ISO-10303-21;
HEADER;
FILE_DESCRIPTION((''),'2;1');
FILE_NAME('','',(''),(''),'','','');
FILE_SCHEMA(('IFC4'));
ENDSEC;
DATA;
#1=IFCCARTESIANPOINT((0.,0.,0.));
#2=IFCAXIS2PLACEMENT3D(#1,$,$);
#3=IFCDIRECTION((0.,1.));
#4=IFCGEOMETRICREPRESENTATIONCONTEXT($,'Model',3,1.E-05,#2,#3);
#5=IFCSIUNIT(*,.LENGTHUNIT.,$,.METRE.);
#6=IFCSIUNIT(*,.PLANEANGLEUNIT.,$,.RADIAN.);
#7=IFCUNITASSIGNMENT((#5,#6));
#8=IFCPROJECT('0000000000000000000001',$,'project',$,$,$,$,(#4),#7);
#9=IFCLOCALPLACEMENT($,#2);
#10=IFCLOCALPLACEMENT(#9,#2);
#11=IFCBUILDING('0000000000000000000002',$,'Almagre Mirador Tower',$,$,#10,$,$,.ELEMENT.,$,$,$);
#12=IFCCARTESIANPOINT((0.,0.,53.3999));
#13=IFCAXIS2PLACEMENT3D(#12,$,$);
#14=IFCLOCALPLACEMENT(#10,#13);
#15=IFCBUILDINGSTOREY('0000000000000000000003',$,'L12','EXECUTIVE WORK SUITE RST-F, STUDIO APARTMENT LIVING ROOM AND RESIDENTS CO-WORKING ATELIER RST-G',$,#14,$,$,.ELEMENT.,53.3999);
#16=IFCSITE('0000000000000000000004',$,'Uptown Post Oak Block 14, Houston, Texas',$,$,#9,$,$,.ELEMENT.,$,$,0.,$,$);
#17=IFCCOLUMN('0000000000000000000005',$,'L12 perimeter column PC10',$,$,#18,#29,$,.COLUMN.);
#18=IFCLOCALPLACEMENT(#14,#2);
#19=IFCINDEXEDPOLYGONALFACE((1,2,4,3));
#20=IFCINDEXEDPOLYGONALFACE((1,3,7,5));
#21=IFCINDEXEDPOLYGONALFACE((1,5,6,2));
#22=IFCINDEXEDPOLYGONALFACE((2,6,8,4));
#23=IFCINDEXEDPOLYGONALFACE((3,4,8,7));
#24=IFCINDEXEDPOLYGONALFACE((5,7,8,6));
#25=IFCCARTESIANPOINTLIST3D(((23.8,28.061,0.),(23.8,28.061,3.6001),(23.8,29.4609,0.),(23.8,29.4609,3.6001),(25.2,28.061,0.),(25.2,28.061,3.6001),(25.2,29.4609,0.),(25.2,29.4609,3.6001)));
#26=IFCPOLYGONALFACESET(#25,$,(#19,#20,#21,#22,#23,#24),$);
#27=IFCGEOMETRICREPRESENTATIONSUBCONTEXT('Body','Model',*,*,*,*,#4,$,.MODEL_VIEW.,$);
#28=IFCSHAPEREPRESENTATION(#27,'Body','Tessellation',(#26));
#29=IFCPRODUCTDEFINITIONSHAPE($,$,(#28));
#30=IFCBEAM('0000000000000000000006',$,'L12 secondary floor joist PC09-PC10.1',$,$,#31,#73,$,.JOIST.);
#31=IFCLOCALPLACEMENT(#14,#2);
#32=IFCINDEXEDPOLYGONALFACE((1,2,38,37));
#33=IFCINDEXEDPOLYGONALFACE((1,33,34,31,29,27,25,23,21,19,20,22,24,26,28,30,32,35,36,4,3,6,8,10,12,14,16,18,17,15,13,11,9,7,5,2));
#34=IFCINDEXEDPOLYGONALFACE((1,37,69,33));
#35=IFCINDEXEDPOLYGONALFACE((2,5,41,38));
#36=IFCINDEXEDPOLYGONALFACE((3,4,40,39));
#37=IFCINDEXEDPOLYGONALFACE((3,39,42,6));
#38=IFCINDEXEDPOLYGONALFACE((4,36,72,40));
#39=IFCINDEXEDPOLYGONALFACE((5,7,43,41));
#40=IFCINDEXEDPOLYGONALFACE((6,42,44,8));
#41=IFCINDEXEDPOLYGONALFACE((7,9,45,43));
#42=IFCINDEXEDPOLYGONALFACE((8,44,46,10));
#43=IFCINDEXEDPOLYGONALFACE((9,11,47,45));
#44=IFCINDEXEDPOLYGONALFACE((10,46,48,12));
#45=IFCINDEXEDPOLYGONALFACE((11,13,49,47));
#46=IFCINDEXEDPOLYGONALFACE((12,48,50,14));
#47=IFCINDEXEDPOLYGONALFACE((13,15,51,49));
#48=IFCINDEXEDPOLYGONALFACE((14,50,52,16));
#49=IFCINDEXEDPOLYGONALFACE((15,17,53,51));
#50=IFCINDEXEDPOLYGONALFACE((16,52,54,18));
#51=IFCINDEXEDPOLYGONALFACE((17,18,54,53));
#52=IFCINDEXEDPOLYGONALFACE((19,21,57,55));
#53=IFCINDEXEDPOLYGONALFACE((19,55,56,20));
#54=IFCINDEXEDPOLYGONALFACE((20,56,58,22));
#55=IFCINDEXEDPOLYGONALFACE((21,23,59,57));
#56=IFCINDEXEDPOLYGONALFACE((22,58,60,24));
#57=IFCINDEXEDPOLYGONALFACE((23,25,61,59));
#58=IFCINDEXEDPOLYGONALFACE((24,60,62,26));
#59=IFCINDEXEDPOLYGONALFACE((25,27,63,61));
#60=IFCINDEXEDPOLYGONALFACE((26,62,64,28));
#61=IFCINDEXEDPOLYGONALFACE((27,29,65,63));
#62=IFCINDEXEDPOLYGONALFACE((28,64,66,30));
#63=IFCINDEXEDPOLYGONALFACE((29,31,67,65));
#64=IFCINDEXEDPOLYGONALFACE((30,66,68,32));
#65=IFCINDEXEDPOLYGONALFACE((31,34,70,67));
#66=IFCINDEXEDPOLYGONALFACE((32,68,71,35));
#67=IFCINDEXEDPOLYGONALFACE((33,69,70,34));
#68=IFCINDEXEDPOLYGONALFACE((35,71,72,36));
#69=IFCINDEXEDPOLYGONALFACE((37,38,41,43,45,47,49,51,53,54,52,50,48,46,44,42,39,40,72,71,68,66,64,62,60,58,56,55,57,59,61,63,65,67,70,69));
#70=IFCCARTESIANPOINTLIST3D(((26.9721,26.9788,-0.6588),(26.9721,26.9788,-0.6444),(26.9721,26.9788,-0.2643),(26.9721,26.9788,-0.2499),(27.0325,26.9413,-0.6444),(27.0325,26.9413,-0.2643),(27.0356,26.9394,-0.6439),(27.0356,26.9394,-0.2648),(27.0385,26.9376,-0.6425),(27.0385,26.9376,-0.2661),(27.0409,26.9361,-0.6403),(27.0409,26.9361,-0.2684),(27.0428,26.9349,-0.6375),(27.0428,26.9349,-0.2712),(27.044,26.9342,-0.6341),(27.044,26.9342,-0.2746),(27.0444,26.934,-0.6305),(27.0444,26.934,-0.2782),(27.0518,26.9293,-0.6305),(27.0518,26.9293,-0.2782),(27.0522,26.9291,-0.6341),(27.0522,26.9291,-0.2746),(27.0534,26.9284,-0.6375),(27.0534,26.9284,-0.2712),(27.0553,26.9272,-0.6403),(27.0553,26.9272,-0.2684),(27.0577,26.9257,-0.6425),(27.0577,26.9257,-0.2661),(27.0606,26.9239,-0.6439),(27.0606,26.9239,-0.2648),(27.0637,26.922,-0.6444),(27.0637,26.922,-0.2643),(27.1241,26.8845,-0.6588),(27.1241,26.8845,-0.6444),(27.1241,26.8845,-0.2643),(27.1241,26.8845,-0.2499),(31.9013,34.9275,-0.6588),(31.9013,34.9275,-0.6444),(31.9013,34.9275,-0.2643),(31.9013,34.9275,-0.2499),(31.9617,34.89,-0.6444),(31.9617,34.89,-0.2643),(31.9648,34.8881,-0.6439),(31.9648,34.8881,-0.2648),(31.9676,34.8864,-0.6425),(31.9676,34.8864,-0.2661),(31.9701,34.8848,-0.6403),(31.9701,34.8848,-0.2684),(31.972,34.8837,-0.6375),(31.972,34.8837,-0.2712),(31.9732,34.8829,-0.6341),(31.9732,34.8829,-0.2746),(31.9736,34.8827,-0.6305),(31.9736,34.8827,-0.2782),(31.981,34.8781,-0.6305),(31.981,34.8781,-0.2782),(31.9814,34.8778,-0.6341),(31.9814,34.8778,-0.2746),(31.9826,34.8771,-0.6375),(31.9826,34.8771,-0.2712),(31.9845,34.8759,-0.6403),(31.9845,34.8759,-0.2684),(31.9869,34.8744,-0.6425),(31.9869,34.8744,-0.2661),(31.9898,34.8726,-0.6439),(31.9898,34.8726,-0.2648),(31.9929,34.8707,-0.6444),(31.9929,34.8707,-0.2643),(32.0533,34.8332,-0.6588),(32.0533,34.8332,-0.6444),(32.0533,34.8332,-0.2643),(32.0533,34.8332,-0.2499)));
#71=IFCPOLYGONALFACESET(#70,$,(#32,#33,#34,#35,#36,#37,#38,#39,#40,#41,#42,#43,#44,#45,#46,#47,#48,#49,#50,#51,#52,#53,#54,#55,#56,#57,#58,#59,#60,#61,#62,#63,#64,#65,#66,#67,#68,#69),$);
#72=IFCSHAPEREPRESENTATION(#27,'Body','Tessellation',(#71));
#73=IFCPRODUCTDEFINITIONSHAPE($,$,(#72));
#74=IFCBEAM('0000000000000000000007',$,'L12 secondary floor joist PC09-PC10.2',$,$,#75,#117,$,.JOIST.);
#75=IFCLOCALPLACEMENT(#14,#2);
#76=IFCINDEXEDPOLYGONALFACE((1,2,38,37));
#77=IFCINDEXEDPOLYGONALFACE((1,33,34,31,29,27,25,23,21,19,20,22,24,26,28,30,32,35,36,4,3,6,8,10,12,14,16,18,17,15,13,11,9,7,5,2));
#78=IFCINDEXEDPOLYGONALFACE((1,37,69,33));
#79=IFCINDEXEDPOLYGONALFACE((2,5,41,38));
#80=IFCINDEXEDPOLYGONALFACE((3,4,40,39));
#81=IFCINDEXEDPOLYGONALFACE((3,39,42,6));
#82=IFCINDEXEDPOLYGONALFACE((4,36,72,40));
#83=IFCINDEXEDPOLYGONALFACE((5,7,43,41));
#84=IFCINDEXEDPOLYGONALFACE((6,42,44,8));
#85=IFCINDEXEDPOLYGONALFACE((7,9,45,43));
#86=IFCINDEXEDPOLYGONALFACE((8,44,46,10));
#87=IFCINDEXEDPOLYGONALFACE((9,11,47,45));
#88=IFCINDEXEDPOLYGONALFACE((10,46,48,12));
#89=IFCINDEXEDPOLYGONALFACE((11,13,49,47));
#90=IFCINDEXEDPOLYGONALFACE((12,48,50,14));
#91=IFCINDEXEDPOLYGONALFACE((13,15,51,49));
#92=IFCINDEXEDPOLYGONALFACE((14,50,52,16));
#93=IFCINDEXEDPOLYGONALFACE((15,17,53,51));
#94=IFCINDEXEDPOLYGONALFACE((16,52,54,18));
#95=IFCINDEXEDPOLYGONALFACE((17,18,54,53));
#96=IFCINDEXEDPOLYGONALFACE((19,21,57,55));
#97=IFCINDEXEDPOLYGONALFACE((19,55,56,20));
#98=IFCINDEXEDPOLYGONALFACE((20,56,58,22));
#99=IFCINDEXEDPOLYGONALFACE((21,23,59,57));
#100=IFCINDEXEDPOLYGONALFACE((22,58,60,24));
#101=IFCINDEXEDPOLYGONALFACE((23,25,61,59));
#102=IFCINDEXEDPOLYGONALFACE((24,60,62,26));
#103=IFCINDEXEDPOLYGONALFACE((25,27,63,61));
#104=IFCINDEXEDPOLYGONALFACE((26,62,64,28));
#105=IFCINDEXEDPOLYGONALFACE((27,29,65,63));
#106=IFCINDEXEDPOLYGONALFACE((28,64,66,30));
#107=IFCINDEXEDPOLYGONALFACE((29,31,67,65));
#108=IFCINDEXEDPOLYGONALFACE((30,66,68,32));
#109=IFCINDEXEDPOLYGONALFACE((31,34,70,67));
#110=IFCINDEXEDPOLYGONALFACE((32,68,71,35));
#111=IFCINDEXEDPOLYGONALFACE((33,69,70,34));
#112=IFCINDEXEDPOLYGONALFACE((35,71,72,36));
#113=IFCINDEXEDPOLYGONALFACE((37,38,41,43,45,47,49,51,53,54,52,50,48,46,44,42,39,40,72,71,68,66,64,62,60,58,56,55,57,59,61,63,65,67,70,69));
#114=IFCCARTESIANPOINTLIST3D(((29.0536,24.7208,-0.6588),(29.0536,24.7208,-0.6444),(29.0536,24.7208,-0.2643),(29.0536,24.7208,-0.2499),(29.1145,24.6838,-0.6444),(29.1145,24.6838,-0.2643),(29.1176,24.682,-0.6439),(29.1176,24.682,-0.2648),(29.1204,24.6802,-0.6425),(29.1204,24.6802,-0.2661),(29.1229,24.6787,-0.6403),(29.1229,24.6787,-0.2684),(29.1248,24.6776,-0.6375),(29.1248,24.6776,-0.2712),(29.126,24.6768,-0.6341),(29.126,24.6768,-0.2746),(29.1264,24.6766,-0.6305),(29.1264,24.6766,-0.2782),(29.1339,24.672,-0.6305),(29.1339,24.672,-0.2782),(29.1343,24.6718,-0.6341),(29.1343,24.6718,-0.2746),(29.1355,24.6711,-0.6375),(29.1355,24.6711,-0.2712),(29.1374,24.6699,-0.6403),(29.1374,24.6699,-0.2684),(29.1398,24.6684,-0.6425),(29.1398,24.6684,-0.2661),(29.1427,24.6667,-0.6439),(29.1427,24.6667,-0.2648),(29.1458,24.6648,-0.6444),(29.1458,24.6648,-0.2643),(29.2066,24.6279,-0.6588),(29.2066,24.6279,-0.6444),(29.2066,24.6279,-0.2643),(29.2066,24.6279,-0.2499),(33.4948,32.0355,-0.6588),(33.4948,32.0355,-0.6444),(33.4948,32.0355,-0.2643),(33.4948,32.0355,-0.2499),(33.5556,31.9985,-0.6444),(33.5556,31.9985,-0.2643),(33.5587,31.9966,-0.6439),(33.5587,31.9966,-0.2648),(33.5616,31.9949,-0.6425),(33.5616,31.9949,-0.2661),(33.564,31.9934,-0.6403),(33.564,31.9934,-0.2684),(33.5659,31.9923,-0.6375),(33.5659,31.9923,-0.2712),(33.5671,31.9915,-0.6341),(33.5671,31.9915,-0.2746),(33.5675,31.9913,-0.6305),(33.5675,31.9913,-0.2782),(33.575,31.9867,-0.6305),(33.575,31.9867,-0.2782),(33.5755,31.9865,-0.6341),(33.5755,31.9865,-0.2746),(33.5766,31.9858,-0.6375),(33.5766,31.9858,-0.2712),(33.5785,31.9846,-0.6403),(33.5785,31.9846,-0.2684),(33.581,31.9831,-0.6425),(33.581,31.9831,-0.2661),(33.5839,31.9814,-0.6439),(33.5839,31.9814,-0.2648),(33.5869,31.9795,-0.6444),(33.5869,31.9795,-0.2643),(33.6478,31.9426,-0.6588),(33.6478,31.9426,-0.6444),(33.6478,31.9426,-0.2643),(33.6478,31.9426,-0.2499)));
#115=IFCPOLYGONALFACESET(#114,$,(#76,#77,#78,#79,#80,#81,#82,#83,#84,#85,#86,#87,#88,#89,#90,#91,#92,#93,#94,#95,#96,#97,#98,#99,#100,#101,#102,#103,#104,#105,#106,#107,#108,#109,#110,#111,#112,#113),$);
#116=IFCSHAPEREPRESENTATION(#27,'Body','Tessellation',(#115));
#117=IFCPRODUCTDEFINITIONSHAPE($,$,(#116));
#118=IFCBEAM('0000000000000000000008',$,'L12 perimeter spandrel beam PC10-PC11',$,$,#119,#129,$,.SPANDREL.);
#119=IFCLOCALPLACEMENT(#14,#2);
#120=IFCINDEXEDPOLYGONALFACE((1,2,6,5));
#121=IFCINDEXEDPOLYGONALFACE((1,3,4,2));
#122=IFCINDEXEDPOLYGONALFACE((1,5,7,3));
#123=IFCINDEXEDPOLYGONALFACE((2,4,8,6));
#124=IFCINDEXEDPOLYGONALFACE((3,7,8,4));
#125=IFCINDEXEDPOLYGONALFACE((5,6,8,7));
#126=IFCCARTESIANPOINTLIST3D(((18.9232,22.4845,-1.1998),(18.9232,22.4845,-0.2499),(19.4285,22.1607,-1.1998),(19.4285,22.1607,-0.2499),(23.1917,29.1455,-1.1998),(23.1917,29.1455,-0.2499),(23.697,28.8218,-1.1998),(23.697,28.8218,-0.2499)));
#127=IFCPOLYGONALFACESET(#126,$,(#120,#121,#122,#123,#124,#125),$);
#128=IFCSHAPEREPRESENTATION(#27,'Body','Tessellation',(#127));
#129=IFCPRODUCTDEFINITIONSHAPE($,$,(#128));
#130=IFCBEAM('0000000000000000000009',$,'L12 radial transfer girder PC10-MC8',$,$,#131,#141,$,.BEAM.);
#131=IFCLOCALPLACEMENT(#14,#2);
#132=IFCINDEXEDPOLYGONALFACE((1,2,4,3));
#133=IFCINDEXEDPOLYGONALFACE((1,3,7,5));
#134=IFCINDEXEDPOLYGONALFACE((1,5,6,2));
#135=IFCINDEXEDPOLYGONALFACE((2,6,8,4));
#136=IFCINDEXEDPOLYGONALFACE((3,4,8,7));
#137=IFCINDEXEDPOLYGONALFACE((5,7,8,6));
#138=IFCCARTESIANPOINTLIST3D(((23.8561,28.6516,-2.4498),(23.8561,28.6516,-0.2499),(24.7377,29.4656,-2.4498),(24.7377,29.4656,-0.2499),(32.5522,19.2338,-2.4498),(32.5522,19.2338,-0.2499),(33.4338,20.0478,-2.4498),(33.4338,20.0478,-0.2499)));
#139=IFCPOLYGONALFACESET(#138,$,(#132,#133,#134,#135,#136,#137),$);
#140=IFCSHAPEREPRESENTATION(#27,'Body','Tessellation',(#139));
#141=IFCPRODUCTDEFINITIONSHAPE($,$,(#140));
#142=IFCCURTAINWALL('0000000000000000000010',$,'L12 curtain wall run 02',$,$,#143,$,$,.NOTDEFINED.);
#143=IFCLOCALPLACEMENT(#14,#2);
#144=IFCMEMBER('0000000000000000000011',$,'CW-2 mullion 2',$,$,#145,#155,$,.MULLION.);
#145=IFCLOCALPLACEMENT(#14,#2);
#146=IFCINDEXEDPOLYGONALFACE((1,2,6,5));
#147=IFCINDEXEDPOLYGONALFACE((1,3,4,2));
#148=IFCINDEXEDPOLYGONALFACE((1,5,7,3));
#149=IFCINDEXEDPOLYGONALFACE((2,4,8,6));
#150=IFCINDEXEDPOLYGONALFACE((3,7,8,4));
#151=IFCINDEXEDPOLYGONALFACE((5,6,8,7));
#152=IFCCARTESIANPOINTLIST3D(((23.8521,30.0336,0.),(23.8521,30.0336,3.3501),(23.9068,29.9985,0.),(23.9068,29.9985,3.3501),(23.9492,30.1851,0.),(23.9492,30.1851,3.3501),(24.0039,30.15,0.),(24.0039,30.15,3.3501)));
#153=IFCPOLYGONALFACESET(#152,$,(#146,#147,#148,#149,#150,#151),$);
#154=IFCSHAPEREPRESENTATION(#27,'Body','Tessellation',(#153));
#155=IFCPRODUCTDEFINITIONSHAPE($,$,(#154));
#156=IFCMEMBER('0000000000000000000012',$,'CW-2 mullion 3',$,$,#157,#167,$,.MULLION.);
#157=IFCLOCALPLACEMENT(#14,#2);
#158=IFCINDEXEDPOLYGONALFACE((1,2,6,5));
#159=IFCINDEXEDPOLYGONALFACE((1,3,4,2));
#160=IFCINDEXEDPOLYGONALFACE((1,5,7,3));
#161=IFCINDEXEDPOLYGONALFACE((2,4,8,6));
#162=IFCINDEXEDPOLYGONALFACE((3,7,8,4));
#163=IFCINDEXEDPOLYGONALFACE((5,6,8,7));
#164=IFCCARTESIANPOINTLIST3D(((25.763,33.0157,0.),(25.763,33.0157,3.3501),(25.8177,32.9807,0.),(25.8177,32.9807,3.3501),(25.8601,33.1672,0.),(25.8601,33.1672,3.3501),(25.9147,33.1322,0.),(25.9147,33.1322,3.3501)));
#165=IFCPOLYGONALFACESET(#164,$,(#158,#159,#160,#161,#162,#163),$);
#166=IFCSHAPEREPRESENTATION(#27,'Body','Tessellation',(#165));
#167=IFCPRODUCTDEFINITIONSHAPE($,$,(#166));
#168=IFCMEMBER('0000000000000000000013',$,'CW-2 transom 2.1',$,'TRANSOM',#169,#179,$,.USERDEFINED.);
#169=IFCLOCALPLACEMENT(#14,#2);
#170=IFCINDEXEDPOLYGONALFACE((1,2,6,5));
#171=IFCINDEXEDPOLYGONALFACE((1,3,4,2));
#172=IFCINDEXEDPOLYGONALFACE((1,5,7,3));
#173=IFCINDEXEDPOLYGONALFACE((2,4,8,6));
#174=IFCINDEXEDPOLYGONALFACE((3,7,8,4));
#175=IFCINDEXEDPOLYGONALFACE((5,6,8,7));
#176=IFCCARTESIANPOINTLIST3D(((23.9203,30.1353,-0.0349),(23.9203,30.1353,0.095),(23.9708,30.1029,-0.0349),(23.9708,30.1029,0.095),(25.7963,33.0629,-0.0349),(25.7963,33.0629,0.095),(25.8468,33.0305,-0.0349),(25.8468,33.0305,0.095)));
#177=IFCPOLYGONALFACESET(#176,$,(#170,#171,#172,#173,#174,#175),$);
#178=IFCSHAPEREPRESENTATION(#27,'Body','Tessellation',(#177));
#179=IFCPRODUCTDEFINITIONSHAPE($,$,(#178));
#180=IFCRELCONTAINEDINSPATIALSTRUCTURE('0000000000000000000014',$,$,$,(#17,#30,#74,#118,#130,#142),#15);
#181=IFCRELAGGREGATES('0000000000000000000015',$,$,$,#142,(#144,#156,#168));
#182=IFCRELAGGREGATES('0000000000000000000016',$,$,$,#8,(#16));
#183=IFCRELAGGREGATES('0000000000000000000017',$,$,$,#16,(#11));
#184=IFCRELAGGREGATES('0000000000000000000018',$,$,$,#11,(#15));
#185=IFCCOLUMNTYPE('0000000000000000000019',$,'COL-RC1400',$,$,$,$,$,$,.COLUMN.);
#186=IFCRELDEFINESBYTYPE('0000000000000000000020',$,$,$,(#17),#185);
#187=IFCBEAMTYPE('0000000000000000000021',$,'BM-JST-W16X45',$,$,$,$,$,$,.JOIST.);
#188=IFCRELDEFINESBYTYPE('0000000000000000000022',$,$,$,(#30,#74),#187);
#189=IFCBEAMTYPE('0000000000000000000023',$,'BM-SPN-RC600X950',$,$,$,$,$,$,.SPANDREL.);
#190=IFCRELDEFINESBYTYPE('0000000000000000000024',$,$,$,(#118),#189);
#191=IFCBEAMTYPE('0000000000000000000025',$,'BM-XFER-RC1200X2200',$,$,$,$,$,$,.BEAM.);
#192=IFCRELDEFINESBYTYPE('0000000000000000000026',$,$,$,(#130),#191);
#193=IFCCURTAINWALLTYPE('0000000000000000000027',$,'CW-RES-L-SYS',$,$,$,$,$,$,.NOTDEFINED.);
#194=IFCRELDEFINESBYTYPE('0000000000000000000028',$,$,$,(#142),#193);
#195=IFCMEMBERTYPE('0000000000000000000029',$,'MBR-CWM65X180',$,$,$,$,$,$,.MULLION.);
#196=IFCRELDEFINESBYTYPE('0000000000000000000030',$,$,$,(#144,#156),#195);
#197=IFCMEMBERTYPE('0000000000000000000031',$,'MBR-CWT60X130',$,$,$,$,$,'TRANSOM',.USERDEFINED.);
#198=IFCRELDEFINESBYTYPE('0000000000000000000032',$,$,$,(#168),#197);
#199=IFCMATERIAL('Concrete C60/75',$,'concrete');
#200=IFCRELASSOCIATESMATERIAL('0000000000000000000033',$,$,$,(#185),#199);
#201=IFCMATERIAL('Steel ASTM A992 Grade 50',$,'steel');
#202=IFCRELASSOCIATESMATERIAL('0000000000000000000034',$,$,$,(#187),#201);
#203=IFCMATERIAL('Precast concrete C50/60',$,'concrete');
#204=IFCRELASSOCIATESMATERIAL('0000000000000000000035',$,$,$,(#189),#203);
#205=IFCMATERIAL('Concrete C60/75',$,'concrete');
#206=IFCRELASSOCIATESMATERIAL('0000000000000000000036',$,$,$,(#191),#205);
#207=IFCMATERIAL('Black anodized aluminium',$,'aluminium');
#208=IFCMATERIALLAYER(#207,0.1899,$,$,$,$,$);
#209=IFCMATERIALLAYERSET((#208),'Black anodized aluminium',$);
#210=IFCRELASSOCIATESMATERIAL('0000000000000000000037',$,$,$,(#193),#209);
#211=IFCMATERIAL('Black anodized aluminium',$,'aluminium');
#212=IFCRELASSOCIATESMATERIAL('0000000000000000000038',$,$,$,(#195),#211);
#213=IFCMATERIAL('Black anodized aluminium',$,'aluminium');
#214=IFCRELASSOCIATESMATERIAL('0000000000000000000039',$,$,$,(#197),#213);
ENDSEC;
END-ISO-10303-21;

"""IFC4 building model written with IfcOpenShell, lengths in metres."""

from ifc_helpers import new_model, si_unit, direction, frame, origin, origin_2d, place, context, subcontext, project, spatial, rectangle, i_section, extrude, material, layer, layer_set, material_profile, profile_set, type_object, element, aggregate, save


model = new_model("IFC4")

# Units and contexts
model_context = context("Model", 3, precision=1e-05, world=origin(), true_north=direction((0.0, 1.0)))
body_context = subcontext(model_context, "Body", "Model", "MODEL_VIEW")
ifc_project = project(units=[si_unit("LENGTHUNIT", "METRE"), si_unit("PLANEANGLEUNIT", "RADIAN")], contexts=[model_context])

# Site, building, storey
site_placement = place(None, origin())
site = spatial("IfcSite", under=ifc_project, at=site_placement, Name="Uptown Post Oak Block 14, Houston, Texas", CompositionType="ELEMENT", RefElevation=0.0)
building_placement = place(site_placement, origin())
building = spatial("IfcBuilding", under=site, at=building_placement, Name="Almagre Mirador Tower", CompositionType="ELEMENT")
storey_placement = place(building_placement, frame((0.0, 0.0, 53.3999)))
storey = spatial("IfcBuildingStorey", under=building, at=storey_placement, Name="L12", Description="EXECUTIVE WORK SUITE RST-F, STUDIO APARTMENT LIVING ROOM AND RESIDENTS CO-WORKING ATELIER RST-G", CompositionType="ELEMENT", Elevation=53.3999)

# Column
ifc_material_1 = material(Name="Concrete C60/75", Category="concrete")
ifc_material_profile_1 = material_profile(ifc_material_1, rectangle(XDim=1.3999, YDim=1.3999, at=origin_2d()), Name="RC1400X1400")
ifc_profile_set_1 = profile_set([ifc_material_profile_1], Name="Concrete C60/75")
column_type = type_object("IfcColumnType", Name="COL-RC1400", PredefinedType="COLUMN", material=ifc_profile_set_1)
column_placement = place(storey_placement, frame((24.5, 28.761, 0.0), z_axis=(0.0, 0.0, 1.0), x_axis=(1.0, 0.0, 0.0)))
element("IfcColumn", 1, at=column_placement, inside=storey, type_object=column_type, Name="L12 perimeter column PC10", PredefinedType="COLUMN", context=body_context, shape_type="SweptSolid", body=[
    extrude(rectangle(XDim=1.3999, YDim=1.3999, at=origin_2d()), origin(), (0.0, 0.0, 1.0), 3.6001),
])

# Beams
ifc_material_2 = material(Name="Steel ASTM A992 Grade 50", Category="steel")
ifc_material_profile_2 = material_profile(ifc_material_2, i_section(OverallWidth=0.179, OverallDepth=0.4089, WebThickness=0.0088, FlangeThickness=0.0144, FilletRadius=0.0139, at=origin_2d()), Name="W16X45")
ifc_profile_set_2 = profile_set([ifc_material_profile_2], Name="Steel ASTM A992 Grade 50")
beam_type_1 = type_object("IfcBeamType", Name="BM-JST-W16X45", PredefinedType="JOIST", material=ifc_profile_set_2)
beam_1_placement = place(storey_placement, frame((31.9773, 34.8804, -0.4543), z_axis=(-0.527016, -0.849855, 0.0), x_axis=(0.849855, -0.527016, 0.0)))
element("IfcBeam", 2, at=beam_1_placement, inside=storey, type_object=beam_type_1, Name="L12 secondary floor joist PC09-PC10.1", PredefinedType="JOIST", context=body_context, shape_type="SweptSolid", body=[
    extrude(i_section(OverallWidth=0.179, OverallDepth=0.4089, WebThickness=0.0088, FlangeThickness=0.0144, FilletRadius=0.0139, at=origin_2d()), origin(), (0.0, 0.0, 1.0), 9.353),
])
beam_2_placement = place(storey_placement, frame((33.5713, 31.989, -0.4543), z_axis=(-0.518986, -0.854783, 0.0), x_axis=(0.854783, -0.518986, 0.0)))
element("IfcBeam", 3, at=beam_2_placement, inside=storey, type_object=beam_type_1, Name="L12 secondary floor joist PC09-PC10.2", PredefinedType="JOIST", context=body_context, shape_type="SweptSolid", body=[
    extrude(i_section(OverallWidth=0.179, OverallDepth=0.4089, WebThickness=0.0088, FlangeThickness=0.0144, FilletRadius=0.0139, at=origin_2d()), origin(), (0.0, 0.0, 1.0), 8.5574),
])
ifc_material_3 = material(Name="Precast concrete C50/60", Category="concrete")
ifc_material_profile_3 = material_profile(ifc_material_3, rectangle(XDim=0.6001, YDim=0.95, at=origin_2d()), Name="RC600X950")
ifc_profile_set_3 = profile_set([ifc_material_profile_3], Name="Precast concrete C50/60")
beam_type_2 = type_object("IfcBeamType", Name="BM-SPN-RC600X950", PredefinedType="SPANDREL", material=ifc_profile_set_3)
beam_3_placement = place(storey_placement, frame((23.4443, 28.9836, -0.7249), z_axis=(-0.53954, -0.84196, 0.0), x_axis=(0.84196, -0.53954, 0.0)))
element("IfcBeam", 4, at=beam_3_placement, inside=storey, type_object=beam_type_2, Name="L12 perimeter spandrel beam PC10-PC11", PredefinedType="SPANDREL", context=body_context, shape_type="SweptSolid", body=[
    extrude(rectangle(XDim=0.6001, YDim=0.95, at=origin_2d()), origin(), (0.0, 0.0, 1.0), 7.9114),
])
ifc_material_4 = material(Name="Concrete C60/75", Category="concrete")
ifc_material_profile_4 = material_profile(ifc_material_4, rectangle(XDim=1.2, YDim=2.2, at=origin_2d()), Name="RC1200X2200")
ifc_profile_set_4 = profile_set([ifc_material_profile_4], Name="Concrete C60/75")
beam_type_3 = type_object("IfcBeamType", Name="BM-XFER-RC1200X2200", PredefinedType="BEAM", material=ifc_profile_set_4)
beam_4_placement = place(storey_placement, frame((24.2969, 29.0586, -1.3499), z_axis=(0.678396, -0.734696, 0.0), x_axis=(0.734696, 0.678396, 0.0)))
element("IfcBeam", 5, at=beam_4_placement, inside=storey, type_object=beam_type_3, Name="L12 radial transfer girder PC10-MC8", PredefinedType="BEAM", context=body_context, shape_type="SweptSolid", body=[
    extrude(rectangle(XDim=1.2, YDim=2.2, at=origin_2d()), origin(), (0.0, 0.0, 1.0), 12.8186),
])

# Curtain wall, members
ifc_material_5 = material(Name="Black anodized aluminium", Category="aluminium")
ifc_layer_1 = layer(ifc_material_5, 0.1899)
ifc_layer_set_1 = layer_set([ifc_layer_1], Name="Black anodized aluminium")
curtain_wall_type = type_object("IfcCurtainWallType", Name="CW-RES-L-SYS", PredefinedType="NOTDEFINED", material=ifc_layer_set_1)
curtain_wall_placement = place(storey_placement, origin())
curtain_wall = element("IfcCurtainWall", 6, at=curtain_wall_placement, inside=storey, type_object=curtain_wall_type, Name="L12 curtain wall run 02", PredefinedType="NOTDEFINED")
ifc_material_6 = material(Name="Black anodized aluminium", Category="aluminium")
ifc_material_profile_5 = material_profile(ifc_material_6, rectangle(XDim=0.0649, YDim=0.1799, at=origin_2d()), Name="CWM65X180")
ifc_profile_set_5 = profile_set([ifc_material_profile_5], Name="Black anodized aluminium")
member_type_1 = type_object("IfcMemberType", Name="MBR-CWM65X180", PredefinedType="MULLION", material=ifc_profile_set_5)
member_1_placement = place(storey_placement, frame((23.928, 30.0918, 0.0), z_axis=(0.0, 0.0, 1.0), x_axis=(-0.841976, 0.539515, 0.0)))
member_1 = element("IfcMember", 7, at=member_1_placement, type_object=member_type_1, Name="CW-2 mullion 2", PredefinedType="MULLION", context=body_context, shape_type="SweptSolid", body=[
    extrude(rectangle(XDim=0.0649, YDim=0.1799, at=origin_2d()), origin(), (0.0, 0.0, 1.0), 3.3501),
])
member_2_placement = place(storey_placement, frame((25.8389, 33.074, 0.0), z_axis=(0.0, 0.0, 1.0), x_axis=(-0.841976, 0.539515, 0.0)))
member_2 = element("IfcMember", 8, at=member_2_placement, type_object=member_type_1, Name="CW-2 mullion 3", PredefinedType="MULLION", context=body_context, shape_type="SweptSolid", body=[
    extrude(rectangle(XDim=0.0649, YDim=0.1799, at=origin_2d()), origin(), (0.0, 0.0, 1.0), 3.3501),
])
ifc_material_7 = material(Name="Black anodized aluminium", Category="aluminium")
ifc_material_profile_6 = material_profile(ifc_material_7, rectangle(XDim=0.0601, YDim=0.1299, at=origin_2d()), Name="CWT60X130")
ifc_profile_set_6 = profile_set([ifc_material_profile_6], Name="Black anodized aluminium")
member_type_2 = type_object("IfcMemberType", Name="MBR-CWT60X130", ElementType="TRANSOM", PredefinedType="USERDEFINED", material=ifc_profile_set_6)
member_3_placement = place(storey_placement, frame((23.9456, 30.1191, 0.03), z_axis=(0.53954, 0.84196, 0.0), x_axis=(-0.84196, 0.53954, 0.0)))
member_3 = element("IfcMember", 9, at=member_3_placement, type_object=member_type_2, Name="CW-2 transom 2.1", ObjectType="TRANSOM", PredefinedType="USERDEFINED", context=body_context, shape_type="SweptSolid", body=[
    extrude(rectangle(XDim=0.0601, YDim=0.1299, at=origin_2d()), origin(), (0.0, 0.0, 1.0), 3.4771),
])
aggregate(curtain_wall, [member_1, member_2, member_3])

save(model, "model.ifc")
